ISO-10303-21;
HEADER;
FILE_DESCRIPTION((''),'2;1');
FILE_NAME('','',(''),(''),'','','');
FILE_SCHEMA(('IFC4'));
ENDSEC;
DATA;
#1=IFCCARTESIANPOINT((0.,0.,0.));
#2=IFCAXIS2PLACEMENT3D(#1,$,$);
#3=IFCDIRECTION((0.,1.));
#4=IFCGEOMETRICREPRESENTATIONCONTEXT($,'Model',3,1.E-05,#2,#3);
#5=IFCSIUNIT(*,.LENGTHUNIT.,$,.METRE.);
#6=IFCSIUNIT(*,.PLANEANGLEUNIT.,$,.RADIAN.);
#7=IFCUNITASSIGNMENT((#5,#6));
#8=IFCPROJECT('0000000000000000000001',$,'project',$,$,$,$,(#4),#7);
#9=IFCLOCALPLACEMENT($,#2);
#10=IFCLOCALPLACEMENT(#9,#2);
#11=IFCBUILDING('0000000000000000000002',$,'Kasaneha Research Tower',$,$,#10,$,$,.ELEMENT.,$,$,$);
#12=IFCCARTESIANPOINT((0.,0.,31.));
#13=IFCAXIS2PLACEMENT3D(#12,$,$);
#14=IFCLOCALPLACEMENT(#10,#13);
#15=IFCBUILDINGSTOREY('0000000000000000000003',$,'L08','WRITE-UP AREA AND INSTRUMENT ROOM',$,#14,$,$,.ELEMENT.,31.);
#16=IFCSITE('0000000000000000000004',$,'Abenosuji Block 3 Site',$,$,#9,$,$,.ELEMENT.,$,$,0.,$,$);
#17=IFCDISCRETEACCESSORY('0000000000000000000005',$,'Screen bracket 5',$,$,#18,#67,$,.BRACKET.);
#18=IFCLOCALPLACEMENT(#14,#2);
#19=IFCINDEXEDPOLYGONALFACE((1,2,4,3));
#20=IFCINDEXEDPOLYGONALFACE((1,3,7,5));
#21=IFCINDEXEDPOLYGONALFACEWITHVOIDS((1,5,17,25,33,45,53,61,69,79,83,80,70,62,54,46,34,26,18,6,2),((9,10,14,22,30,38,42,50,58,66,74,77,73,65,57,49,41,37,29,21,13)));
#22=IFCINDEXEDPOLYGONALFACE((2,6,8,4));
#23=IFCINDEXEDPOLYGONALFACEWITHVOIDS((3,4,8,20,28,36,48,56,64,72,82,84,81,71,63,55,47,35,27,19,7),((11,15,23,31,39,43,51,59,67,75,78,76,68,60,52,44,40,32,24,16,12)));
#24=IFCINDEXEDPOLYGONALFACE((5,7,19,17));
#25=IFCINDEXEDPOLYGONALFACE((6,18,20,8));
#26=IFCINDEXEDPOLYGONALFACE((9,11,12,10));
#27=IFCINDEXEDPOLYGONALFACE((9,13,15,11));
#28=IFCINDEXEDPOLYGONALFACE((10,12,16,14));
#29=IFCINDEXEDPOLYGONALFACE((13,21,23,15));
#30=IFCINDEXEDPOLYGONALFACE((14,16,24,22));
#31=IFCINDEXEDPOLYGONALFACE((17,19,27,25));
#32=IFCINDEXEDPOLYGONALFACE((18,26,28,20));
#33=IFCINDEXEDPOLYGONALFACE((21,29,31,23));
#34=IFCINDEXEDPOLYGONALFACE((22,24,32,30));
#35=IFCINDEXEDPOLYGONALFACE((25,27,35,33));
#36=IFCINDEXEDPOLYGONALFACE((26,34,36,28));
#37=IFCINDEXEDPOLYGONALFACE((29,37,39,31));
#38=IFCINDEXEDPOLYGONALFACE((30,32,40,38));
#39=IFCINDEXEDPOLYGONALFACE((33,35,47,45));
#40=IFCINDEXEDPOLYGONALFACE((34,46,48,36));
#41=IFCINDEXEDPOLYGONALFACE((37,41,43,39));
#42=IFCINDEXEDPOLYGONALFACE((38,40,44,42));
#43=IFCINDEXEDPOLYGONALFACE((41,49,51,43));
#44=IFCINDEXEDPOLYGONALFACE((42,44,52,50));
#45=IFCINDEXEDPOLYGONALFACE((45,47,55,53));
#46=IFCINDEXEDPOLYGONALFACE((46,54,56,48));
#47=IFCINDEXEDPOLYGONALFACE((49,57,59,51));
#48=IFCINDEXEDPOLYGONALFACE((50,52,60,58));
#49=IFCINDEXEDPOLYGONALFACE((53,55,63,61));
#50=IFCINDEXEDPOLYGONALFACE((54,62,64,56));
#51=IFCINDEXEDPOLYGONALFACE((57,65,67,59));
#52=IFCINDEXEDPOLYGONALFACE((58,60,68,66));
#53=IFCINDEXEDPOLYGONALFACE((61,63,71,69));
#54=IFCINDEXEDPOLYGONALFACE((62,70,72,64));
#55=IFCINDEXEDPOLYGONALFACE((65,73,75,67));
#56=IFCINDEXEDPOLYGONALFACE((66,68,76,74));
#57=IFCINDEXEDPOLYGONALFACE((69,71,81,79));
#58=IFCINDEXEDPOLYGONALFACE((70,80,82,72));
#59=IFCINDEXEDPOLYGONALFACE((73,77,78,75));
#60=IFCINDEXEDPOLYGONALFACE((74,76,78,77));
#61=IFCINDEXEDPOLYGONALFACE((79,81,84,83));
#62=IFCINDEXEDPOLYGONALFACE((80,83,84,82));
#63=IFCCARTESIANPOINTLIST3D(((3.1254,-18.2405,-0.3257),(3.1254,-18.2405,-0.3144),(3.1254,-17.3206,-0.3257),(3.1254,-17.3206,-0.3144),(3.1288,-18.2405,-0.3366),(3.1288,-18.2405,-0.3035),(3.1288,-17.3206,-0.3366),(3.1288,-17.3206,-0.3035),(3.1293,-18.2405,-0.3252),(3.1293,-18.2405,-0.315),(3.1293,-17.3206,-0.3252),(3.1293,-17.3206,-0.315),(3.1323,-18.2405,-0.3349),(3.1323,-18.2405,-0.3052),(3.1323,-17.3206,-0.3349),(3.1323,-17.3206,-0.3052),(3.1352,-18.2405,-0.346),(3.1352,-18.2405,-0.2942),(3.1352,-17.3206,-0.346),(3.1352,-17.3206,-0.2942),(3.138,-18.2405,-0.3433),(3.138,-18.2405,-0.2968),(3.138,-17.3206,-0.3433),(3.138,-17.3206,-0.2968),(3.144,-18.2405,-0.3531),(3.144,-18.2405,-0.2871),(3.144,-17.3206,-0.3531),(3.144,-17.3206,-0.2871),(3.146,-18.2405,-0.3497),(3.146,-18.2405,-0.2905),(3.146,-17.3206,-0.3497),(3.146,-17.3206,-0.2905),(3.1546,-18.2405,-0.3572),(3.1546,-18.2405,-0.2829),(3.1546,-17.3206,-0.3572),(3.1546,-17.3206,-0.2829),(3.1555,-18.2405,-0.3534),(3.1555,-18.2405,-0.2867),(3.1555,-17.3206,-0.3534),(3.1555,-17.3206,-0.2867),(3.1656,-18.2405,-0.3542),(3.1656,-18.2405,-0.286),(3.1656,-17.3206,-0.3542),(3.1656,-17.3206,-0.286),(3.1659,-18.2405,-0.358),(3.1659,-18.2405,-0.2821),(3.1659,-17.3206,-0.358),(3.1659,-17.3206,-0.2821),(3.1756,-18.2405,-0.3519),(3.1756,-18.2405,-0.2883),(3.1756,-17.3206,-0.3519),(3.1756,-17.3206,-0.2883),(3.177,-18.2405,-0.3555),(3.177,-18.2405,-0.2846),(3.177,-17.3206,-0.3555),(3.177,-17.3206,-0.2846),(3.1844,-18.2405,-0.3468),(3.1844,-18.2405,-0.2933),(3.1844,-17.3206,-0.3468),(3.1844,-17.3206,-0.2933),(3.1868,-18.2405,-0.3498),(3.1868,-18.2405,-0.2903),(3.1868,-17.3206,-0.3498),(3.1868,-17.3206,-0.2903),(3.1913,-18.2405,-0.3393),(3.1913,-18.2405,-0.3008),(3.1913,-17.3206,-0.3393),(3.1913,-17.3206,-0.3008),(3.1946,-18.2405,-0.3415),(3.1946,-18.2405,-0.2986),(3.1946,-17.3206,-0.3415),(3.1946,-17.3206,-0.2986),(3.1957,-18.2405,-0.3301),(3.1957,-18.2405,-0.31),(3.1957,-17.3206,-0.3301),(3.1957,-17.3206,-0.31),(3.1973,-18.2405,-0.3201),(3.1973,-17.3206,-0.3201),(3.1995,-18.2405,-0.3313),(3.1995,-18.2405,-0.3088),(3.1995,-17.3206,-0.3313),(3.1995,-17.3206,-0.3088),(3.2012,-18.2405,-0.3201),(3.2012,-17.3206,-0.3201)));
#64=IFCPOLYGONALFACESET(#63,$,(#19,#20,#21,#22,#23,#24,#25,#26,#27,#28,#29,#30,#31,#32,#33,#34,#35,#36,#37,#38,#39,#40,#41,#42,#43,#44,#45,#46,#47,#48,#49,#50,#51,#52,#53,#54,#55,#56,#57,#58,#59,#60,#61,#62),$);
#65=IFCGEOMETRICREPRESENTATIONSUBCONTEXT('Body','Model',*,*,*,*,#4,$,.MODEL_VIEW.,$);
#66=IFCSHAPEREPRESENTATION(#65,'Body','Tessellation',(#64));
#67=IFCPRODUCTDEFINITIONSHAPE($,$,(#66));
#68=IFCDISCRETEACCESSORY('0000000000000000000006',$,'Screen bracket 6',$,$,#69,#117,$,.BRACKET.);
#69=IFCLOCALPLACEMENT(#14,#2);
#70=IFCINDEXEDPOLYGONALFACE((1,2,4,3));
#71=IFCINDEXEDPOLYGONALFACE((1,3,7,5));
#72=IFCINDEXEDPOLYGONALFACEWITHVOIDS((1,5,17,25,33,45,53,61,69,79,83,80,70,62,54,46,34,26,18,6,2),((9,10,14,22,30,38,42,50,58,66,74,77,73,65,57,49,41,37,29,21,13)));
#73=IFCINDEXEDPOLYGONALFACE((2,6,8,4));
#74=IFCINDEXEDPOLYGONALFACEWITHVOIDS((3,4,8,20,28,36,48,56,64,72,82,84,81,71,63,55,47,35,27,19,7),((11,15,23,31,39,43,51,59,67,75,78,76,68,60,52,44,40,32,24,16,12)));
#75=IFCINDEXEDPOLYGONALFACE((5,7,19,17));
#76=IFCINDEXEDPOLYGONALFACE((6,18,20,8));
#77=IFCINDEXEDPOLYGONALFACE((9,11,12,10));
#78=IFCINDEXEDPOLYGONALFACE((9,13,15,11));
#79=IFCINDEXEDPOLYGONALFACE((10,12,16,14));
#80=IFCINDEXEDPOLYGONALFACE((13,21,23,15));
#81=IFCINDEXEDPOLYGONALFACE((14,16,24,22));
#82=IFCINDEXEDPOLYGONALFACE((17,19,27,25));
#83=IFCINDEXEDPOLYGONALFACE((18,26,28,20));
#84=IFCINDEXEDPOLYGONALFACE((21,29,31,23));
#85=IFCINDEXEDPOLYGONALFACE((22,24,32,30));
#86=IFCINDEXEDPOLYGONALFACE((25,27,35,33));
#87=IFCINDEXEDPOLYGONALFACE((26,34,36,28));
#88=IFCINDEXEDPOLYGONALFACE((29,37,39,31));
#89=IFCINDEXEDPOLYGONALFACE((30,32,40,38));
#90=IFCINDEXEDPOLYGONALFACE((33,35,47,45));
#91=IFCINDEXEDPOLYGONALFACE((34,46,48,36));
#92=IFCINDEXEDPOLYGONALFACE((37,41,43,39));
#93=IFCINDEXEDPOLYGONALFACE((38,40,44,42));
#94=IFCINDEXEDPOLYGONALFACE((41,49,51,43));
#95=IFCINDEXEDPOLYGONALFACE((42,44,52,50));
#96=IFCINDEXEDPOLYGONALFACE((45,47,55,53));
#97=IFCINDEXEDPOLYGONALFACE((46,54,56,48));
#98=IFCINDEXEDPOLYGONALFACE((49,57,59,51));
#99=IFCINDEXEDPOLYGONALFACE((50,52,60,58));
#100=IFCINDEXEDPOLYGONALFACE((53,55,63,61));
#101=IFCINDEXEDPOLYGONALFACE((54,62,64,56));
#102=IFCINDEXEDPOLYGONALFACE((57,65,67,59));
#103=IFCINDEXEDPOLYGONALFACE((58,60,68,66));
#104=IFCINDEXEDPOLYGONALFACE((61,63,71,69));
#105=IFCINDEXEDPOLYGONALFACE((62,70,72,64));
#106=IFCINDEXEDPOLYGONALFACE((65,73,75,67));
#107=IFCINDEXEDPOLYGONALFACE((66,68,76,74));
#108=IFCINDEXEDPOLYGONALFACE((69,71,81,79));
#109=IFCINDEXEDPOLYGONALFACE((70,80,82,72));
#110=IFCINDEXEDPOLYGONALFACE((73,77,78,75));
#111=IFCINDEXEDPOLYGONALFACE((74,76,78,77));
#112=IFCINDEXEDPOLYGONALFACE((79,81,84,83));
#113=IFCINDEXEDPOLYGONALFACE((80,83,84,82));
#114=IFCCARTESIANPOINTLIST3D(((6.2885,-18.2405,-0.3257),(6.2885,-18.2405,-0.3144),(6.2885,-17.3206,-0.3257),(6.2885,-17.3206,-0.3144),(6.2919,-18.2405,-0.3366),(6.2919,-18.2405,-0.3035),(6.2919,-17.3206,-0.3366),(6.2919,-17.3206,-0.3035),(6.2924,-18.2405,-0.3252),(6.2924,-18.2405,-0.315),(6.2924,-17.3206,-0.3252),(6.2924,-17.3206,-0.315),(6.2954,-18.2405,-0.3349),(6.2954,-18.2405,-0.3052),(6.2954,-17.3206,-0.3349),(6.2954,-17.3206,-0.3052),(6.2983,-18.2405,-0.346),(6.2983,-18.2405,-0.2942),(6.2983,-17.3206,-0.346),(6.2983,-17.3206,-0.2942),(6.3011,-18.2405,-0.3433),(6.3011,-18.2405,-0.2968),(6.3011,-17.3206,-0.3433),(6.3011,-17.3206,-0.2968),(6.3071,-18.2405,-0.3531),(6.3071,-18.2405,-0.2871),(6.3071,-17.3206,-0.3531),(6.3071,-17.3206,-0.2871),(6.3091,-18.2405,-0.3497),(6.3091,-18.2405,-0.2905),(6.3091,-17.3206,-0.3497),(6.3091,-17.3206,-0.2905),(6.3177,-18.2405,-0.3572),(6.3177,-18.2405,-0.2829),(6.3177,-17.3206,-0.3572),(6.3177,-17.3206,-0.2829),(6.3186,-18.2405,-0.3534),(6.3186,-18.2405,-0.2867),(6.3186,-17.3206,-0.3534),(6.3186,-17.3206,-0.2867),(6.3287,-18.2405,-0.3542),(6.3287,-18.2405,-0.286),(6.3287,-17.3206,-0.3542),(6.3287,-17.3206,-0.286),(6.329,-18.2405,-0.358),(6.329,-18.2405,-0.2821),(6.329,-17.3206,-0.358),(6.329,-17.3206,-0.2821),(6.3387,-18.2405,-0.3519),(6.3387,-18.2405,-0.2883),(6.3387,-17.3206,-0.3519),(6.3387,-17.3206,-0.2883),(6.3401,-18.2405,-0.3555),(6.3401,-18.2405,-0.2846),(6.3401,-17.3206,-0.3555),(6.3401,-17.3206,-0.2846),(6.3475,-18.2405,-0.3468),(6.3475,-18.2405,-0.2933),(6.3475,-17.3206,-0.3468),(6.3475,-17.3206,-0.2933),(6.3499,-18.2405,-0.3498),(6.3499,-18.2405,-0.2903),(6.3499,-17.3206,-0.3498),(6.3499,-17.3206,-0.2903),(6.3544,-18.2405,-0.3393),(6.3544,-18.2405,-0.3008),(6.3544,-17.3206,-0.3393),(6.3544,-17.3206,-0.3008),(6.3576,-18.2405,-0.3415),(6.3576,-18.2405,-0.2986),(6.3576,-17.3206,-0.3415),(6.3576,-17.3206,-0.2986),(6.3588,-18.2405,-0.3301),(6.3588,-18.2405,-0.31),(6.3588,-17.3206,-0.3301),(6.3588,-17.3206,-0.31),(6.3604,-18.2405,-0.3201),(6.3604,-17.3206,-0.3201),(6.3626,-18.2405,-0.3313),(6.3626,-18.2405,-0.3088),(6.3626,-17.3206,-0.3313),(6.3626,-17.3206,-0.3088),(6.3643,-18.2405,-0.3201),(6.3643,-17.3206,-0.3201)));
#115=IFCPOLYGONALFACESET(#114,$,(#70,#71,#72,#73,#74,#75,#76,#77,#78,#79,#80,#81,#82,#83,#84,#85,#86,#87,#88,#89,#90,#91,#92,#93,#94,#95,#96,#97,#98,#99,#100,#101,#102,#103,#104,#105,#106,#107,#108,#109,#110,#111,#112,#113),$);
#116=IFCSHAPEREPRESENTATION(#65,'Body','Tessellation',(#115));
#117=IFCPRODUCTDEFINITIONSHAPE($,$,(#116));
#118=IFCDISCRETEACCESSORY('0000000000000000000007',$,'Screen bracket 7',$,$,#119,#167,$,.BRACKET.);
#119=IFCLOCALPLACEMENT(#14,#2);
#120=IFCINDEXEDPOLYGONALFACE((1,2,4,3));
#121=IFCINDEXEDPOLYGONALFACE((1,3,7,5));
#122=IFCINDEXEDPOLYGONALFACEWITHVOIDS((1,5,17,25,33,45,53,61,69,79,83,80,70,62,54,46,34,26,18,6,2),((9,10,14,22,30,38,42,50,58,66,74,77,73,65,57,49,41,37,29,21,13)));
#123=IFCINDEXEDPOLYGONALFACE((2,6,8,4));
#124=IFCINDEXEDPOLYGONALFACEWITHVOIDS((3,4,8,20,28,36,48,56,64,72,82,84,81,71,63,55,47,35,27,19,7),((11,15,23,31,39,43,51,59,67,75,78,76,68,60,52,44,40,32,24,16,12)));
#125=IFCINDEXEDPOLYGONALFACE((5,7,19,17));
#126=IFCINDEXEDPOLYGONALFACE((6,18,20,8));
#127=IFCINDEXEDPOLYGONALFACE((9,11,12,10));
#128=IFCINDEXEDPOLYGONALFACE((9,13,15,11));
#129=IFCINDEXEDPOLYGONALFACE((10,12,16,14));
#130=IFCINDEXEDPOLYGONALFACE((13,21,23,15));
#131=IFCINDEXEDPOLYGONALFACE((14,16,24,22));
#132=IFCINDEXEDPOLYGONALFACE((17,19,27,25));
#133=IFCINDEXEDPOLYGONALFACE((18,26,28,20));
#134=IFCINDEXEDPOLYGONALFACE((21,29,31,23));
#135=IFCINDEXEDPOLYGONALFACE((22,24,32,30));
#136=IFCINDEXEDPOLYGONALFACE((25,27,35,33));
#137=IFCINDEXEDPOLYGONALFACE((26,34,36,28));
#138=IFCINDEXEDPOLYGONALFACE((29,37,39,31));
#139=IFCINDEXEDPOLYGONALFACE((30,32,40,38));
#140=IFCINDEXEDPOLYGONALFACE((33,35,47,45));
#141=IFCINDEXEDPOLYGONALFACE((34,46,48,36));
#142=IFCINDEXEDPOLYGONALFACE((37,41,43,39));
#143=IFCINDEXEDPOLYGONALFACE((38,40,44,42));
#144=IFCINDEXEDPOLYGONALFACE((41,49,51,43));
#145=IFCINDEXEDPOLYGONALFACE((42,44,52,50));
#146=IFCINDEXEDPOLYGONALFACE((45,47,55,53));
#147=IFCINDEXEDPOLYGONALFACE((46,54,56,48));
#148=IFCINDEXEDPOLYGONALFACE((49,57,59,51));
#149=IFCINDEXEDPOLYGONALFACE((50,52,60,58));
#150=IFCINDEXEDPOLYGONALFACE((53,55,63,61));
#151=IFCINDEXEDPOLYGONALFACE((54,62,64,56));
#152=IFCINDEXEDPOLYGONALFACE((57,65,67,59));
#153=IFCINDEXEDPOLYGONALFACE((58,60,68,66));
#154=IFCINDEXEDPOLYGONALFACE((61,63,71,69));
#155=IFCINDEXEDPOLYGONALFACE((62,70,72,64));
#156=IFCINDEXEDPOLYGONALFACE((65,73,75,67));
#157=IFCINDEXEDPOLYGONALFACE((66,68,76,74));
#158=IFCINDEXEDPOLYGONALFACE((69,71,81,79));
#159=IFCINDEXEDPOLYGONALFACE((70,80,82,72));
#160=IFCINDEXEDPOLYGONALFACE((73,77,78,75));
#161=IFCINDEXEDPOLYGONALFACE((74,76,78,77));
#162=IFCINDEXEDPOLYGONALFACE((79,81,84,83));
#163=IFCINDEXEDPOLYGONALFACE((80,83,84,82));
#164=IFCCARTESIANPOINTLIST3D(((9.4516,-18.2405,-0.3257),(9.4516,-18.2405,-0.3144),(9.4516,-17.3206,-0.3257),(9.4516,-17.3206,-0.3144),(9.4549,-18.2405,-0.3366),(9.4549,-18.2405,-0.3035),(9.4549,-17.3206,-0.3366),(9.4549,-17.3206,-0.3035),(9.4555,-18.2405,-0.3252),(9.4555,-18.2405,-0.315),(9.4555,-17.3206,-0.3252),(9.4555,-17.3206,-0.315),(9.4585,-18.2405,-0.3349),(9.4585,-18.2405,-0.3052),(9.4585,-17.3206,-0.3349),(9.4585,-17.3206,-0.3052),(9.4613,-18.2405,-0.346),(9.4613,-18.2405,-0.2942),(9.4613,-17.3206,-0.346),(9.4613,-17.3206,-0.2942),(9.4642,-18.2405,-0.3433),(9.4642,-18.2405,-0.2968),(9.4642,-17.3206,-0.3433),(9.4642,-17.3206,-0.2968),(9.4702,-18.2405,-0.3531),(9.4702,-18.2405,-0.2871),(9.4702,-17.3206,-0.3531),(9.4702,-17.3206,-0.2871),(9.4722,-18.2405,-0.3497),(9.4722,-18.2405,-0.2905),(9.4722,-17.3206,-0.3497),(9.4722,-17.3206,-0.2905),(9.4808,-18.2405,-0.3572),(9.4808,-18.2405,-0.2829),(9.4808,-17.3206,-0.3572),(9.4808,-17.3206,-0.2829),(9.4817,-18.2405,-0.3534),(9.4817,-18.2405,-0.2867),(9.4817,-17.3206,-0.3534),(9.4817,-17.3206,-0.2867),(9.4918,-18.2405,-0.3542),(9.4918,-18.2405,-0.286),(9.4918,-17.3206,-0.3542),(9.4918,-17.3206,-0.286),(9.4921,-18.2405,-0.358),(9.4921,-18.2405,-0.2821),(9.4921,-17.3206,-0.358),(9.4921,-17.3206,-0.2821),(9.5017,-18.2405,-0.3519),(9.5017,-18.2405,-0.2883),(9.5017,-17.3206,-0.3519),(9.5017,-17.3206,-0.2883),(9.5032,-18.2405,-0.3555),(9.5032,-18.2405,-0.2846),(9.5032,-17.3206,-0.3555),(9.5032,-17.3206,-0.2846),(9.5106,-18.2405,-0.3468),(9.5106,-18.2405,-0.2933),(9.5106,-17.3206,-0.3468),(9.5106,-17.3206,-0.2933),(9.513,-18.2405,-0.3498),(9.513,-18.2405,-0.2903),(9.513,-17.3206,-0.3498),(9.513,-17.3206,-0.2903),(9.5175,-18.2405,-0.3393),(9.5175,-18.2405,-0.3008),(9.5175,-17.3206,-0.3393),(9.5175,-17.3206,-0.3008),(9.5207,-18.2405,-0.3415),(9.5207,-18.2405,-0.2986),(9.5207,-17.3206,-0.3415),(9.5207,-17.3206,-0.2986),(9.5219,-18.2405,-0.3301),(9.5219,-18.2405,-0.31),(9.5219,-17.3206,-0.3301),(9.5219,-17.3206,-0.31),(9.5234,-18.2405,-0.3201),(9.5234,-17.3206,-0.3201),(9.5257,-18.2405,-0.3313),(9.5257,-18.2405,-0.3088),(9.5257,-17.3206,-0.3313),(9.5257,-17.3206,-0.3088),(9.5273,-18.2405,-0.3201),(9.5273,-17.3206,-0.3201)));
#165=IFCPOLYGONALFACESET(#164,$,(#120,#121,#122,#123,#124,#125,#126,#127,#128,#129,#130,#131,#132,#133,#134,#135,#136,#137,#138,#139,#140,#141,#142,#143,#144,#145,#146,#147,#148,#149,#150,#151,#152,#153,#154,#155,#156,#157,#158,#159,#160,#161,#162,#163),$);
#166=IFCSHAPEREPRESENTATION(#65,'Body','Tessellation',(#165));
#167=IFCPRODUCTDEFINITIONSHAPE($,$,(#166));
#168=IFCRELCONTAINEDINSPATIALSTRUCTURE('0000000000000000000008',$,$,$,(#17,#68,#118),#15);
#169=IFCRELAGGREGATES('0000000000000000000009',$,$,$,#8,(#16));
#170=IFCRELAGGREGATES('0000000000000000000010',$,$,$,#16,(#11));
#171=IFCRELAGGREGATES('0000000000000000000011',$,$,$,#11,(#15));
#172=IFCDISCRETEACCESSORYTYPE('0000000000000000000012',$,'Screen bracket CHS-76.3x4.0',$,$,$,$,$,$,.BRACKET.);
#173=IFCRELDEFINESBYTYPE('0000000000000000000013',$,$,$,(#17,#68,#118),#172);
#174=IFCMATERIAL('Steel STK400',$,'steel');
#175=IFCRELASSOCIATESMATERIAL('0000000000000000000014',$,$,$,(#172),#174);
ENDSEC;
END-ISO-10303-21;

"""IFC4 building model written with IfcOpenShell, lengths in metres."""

from ifc_helpers import new_model, si_unit, direction, frame, origin, origin_2d, place, context, subcontext, project, spatial, hollow_circle, extrude, material, material_profile, profile_set, type_object, element, save


model = new_model("IFC4")

# Units and contexts
model_context = context("Model", 3, precision=1e-05, world=origin(), true_north=direction((0.0, 1.0)))
body_context = subcontext(model_context, "Body", "Model", "MODEL_VIEW")
ifc_project = project(units=[si_unit("LENGTHUNIT", "METRE"), si_unit("PLANEANGLEUNIT", "RADIAN")], contexts=[model_context])

# Site, building, storey
site_placement = place(None, origin())
site = spatial("IfcSite", under=ifc_project, at=site_placement, Name="Abenosuji Block 3 Site", CompositionType="ELEMENT", RefElevation=0.0)
building_placement = place(site_placement, origin())
building = spatial("IfcBuilding", under=site, at=building_placement, Name="Kasaneha Research Tower", CompositionType="ELEMENT")
storey_placement = place(building_placement, frame((0.0, 0.0, 31.0)))
storey = spatial("IfcBuildingStorey", under=building, at=storey_placement, Name="L08", Description="WRITE-UP AREA AND INSTRUMENT ROOM", CompositionType="ELEMENT", Elevation=31.0)

# Discrete accessories
ifc_material_1 = material(Name="Steel STK400", Category="steel")
ifc_material_profile_1 = material_profile(ifc_material_1, hollow_circle(Radius=0.0381, WallThickness=0.0039, at=origin_2d()), Name="CHS-76.3x4.0")
ifc_profile_set_1 = profile_set([ifc_material_profile_1], Name="Steel STK400")
discrete_accessory_type = type_object("IfcDiscreteAccessoryType", Name="Screen bracket CHS-76.3x4.0", PredefinedType="BRACKET", material=ifc_profile_set_1)
for number, where, z_axis, x_axis, name in (
    (1, (3.1631, -17.3206, -0.3201), (0.0, -1.0, 0.0), (1.0, 0.0, 0.0), "Screen bracket 5"),
    (2, (6.3262, -17.3206, -0.3201), (0.0, -1.0, 0.0), (1.0, 0.0, 0.0), "Screen bracket 6"),
    (3, (9.4893, -17.3206, -0.3201), (0.0, -1.0, 0.0), (1.0, 0.0, 0.0), "Screen bracket 7"),
):
    element("IfcDiscreteAccessory", number, at=place(storey_placement, frame(where, z_axis=z_axis, x_axis=x_axis)), inside=storey, type_object=discrete_accessory_type, Name=name, PredefinedType="BRACKET", context=body_context, shape_type="SweptSolid", body=[
        extrude(hollow_circle(Radius=0.0381, WallThickness=0.0039, at=origin_2d()), origin(), (0.0, 0.0, 1.0), 0.9199),
    ])

save(model, "model.ifc")
